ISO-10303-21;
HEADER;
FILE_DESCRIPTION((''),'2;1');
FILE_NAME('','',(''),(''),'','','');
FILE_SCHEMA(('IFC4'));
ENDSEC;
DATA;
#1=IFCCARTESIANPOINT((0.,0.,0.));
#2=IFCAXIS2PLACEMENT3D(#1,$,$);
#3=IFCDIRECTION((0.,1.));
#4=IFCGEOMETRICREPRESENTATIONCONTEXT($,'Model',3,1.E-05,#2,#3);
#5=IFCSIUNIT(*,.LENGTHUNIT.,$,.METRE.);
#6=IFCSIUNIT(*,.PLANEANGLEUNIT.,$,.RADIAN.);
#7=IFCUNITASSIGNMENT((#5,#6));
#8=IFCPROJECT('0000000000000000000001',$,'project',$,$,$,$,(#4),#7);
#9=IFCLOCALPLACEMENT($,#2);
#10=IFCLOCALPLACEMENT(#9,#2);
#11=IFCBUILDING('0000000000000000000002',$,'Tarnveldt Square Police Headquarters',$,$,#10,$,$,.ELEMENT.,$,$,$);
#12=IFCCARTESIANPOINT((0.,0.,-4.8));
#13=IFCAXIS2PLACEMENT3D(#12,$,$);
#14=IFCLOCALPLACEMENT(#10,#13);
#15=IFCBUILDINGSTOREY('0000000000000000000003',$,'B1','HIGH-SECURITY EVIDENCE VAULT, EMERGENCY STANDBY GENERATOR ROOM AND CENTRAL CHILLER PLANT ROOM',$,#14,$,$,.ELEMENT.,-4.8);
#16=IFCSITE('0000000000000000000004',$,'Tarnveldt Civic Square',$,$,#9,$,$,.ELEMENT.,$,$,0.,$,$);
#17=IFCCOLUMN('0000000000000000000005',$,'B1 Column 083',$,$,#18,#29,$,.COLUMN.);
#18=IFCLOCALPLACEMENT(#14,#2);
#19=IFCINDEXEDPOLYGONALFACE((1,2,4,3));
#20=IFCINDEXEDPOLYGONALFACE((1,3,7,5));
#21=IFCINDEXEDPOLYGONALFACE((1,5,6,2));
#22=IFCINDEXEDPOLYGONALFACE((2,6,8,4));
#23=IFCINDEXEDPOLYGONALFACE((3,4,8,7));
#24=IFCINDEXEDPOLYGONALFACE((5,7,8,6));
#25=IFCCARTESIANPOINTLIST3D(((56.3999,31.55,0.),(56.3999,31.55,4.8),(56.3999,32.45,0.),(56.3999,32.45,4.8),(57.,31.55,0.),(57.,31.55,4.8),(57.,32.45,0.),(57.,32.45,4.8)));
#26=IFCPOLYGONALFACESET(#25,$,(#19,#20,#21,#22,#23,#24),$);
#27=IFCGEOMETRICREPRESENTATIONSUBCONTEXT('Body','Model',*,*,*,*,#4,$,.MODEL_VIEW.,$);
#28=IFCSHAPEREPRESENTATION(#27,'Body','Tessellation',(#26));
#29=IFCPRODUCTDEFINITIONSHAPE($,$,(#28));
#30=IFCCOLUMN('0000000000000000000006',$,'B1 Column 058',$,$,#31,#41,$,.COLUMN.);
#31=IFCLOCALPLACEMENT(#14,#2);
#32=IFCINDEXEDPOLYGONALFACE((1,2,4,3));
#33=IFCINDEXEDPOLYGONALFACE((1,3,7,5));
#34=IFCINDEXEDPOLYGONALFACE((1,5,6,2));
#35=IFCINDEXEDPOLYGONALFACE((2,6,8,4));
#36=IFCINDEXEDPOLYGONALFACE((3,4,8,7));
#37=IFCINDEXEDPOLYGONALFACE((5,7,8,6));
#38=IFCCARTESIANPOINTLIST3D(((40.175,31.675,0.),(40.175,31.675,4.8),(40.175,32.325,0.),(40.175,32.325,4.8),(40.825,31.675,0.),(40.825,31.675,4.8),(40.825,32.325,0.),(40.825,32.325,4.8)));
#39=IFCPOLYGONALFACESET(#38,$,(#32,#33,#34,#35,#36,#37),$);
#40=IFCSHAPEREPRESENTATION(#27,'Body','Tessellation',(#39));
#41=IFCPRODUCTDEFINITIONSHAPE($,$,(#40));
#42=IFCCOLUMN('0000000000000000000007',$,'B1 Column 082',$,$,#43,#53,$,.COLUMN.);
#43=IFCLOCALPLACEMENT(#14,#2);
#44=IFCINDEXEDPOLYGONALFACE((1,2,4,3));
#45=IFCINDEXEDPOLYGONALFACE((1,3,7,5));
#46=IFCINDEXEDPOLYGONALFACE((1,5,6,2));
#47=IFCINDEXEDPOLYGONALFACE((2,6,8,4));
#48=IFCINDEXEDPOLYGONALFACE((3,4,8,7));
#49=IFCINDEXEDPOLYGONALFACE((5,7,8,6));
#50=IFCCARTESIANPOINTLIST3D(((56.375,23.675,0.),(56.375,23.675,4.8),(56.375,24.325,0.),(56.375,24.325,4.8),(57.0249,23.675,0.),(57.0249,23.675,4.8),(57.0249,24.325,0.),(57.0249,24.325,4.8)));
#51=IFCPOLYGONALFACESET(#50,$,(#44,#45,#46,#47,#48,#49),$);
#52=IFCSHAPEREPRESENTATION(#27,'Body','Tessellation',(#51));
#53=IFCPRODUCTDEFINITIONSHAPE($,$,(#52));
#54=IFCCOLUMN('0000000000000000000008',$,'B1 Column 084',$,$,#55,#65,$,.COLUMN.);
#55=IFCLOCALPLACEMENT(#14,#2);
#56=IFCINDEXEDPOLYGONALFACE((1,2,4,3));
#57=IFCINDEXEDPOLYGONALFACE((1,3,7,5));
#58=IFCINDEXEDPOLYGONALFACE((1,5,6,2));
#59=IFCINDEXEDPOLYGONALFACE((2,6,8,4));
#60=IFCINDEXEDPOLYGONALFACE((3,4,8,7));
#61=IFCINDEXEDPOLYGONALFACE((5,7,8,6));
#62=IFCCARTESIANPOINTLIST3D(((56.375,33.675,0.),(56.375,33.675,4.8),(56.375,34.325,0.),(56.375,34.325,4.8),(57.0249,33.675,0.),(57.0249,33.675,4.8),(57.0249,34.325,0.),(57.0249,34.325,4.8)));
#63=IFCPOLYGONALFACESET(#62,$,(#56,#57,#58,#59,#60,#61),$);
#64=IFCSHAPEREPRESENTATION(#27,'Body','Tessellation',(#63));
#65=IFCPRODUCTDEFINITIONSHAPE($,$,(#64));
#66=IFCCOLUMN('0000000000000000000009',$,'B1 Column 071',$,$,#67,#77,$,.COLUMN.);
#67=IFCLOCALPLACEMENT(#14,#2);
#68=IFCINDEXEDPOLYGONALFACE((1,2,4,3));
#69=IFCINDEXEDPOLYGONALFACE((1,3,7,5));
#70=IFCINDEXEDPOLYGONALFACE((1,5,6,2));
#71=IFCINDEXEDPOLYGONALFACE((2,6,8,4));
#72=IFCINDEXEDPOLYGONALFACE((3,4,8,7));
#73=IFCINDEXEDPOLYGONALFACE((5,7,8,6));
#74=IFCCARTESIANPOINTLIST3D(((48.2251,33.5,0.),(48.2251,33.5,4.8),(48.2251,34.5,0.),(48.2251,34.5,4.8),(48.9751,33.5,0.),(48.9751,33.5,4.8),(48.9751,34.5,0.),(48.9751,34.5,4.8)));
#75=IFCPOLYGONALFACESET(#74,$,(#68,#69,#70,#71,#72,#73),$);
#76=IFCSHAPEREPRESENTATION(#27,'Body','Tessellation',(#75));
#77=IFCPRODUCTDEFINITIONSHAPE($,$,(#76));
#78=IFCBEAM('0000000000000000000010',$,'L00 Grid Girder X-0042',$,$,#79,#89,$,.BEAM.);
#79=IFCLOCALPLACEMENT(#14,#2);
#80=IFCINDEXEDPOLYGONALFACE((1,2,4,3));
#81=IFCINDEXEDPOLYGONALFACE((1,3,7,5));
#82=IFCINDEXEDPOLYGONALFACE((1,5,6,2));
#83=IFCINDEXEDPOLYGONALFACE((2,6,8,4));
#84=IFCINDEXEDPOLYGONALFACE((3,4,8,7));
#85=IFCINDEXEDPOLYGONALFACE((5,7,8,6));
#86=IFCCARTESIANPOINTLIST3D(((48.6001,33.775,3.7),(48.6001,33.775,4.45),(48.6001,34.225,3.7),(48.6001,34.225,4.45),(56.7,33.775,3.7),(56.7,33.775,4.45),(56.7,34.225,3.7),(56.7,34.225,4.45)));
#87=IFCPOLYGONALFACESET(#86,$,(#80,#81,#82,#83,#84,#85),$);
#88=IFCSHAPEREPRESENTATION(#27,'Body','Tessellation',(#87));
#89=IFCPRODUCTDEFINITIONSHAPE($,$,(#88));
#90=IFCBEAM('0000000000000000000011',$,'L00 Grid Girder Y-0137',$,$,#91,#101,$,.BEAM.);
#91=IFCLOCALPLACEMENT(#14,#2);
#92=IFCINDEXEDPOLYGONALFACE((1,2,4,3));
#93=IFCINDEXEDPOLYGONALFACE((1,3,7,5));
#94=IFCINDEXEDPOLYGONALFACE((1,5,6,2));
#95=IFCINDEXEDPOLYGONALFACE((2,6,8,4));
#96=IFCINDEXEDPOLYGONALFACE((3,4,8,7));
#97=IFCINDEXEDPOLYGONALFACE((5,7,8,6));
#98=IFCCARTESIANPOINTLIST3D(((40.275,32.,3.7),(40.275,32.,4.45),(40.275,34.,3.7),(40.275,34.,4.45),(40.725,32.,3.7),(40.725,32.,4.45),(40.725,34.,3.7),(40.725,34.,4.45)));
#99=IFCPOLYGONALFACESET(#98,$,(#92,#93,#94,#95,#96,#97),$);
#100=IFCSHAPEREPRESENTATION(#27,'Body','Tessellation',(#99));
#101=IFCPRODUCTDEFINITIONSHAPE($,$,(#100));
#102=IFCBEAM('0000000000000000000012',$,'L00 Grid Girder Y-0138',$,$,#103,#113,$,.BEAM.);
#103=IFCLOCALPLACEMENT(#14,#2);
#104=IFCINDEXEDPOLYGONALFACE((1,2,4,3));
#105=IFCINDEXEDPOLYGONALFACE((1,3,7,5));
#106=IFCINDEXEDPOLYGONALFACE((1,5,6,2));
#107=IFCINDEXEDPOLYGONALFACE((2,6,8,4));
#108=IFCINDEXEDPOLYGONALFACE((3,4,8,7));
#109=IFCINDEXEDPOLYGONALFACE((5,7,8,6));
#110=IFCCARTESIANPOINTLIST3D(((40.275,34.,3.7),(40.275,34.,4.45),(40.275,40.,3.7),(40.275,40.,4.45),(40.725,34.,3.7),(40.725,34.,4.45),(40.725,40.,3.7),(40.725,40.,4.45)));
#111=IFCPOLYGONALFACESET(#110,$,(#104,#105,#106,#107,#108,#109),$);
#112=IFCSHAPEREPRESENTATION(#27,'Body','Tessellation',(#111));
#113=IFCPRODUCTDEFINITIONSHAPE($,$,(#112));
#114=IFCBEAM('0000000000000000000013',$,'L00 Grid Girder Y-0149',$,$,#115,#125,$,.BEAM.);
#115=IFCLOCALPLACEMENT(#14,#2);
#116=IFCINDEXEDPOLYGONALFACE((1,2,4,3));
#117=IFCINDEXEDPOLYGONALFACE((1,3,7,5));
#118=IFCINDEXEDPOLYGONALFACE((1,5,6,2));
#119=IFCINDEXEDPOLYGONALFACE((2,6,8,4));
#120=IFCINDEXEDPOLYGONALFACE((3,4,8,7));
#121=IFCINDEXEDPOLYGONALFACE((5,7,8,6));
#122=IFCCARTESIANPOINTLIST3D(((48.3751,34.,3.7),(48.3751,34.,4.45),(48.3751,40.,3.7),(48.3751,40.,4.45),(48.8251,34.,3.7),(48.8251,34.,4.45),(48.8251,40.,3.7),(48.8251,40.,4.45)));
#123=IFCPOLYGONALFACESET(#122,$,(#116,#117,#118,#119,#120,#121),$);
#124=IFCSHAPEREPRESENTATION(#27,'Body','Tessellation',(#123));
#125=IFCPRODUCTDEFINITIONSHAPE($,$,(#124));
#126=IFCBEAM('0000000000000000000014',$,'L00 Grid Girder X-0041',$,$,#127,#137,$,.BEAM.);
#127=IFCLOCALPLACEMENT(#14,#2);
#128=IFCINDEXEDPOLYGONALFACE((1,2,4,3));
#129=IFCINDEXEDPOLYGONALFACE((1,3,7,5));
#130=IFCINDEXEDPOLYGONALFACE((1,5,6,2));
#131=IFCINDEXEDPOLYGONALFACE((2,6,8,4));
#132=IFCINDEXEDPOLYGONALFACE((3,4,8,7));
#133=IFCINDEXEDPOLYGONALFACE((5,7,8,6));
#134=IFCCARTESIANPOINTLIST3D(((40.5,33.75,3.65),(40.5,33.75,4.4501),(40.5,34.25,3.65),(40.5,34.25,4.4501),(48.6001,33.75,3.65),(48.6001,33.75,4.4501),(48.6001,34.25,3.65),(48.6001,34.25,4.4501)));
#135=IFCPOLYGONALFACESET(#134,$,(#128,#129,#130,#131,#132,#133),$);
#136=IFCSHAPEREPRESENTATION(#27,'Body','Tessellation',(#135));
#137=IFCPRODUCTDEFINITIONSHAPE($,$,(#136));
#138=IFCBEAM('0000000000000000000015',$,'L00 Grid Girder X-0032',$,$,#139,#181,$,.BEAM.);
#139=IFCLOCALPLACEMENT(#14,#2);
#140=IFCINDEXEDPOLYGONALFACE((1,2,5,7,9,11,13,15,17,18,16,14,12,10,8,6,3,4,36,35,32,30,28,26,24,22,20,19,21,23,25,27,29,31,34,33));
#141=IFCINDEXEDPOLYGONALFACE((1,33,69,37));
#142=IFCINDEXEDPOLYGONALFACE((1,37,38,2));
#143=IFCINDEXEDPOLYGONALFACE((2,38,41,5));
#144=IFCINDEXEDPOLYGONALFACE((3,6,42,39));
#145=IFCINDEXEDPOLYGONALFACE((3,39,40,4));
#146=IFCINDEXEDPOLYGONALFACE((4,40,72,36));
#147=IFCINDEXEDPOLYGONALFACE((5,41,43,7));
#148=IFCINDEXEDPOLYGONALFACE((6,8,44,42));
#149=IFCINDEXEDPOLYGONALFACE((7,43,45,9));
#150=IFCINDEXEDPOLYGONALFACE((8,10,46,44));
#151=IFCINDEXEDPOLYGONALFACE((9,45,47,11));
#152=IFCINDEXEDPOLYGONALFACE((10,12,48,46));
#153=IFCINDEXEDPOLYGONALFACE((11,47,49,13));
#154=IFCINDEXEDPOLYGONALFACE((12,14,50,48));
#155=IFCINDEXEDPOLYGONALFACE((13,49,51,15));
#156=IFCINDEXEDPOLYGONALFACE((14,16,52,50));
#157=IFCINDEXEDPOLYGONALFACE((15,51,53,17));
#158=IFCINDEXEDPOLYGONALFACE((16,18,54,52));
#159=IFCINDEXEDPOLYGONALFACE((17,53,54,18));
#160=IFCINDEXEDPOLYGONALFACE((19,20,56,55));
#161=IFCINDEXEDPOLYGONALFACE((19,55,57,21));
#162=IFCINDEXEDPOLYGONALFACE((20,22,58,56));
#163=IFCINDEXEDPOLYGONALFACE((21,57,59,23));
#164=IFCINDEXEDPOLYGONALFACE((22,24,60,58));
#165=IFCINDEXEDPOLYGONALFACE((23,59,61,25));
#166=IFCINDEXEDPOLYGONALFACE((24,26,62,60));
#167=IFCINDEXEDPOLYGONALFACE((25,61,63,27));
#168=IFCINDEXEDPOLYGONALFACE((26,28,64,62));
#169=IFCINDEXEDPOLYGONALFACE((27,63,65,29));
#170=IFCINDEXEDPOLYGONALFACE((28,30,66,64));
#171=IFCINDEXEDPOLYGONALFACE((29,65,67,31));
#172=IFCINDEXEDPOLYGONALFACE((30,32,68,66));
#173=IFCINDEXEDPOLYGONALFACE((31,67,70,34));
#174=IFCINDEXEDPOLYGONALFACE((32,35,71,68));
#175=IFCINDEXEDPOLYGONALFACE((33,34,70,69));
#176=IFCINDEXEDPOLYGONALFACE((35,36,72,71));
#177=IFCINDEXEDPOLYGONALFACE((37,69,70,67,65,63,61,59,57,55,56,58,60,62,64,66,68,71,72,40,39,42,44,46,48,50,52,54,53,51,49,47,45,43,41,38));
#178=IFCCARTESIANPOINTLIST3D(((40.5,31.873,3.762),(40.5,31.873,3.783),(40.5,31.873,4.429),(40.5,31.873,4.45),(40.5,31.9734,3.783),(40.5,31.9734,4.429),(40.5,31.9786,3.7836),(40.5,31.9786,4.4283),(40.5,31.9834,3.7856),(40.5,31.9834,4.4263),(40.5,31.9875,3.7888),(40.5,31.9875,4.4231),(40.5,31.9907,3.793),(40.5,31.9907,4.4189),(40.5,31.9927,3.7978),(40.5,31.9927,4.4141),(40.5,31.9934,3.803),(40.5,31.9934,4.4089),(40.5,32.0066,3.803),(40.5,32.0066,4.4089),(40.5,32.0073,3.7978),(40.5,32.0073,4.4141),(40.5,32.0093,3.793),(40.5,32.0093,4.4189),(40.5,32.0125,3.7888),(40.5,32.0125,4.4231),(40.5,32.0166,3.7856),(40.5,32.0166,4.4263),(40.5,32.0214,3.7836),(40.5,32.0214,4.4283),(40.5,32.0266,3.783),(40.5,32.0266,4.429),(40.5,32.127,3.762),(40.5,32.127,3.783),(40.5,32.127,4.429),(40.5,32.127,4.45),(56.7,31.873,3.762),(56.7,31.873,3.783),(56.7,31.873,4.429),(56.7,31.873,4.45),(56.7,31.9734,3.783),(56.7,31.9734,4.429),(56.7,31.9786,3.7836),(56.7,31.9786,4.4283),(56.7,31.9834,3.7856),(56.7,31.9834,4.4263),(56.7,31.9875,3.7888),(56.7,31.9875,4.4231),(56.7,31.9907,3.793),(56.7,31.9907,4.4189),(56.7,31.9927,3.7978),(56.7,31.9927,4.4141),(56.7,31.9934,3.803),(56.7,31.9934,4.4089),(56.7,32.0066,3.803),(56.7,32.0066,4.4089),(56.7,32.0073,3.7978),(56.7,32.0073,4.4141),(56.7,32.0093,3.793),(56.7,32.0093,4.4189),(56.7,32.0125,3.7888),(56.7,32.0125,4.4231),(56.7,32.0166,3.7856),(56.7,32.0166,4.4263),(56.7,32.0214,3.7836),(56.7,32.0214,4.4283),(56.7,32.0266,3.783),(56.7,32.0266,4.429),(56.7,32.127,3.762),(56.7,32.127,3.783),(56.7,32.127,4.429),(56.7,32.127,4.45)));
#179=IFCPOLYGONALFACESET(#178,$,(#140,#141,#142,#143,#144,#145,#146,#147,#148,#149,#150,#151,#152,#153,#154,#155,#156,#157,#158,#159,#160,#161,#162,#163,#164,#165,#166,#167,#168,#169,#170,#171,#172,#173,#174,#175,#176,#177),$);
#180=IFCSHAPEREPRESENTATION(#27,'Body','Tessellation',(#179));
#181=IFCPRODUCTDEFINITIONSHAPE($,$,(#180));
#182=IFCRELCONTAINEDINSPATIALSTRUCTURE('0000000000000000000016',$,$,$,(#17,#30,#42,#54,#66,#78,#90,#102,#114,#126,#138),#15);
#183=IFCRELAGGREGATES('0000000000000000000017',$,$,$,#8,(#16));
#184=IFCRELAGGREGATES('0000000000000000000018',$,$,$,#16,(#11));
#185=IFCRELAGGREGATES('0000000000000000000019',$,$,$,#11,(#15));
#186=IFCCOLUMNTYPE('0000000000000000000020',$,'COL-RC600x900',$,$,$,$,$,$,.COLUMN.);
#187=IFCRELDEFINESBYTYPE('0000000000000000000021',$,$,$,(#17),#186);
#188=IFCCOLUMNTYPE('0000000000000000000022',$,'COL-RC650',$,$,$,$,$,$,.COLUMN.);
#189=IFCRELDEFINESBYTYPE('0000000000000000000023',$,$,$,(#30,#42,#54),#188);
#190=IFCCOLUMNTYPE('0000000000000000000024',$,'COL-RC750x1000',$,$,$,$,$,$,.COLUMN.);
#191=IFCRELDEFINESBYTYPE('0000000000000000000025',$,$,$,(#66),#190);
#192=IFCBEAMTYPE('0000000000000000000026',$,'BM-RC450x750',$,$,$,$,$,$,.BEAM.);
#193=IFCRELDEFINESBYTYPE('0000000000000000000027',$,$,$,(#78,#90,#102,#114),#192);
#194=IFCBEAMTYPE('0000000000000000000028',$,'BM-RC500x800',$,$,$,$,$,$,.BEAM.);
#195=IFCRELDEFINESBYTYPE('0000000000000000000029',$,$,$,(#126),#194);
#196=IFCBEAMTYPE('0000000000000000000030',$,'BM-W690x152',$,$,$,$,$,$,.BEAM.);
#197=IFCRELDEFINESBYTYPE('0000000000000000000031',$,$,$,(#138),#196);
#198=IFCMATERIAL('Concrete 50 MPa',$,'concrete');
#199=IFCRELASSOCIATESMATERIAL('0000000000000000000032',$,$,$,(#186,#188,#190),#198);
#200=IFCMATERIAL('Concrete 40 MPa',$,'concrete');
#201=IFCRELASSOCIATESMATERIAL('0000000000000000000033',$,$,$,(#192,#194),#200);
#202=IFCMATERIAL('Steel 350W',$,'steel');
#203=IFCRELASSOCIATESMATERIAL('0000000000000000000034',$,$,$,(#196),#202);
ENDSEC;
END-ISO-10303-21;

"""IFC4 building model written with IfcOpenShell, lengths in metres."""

from ifc_helpers import new_model, si_unit, direction, frame, origin, origin_2d, place, context, subcontext, project, spatial, rectangle, i_section, extrude, material, material_profile, profile_set, type_object, element, save


model = new_model("IFC4")

# Units and contexts
model_context = context("Model", 3, precision=1e-05, world=origin(), true_north=direction((0.0, 1.0)))
body_context = subcontext(model_context, "Body", "Model", "MODEL_VIEW")
ifc_project = project(units=[si_unit("LENGTHUNIT", "METRE"), si_unit("PLANEANGLEUNIT", "RADIAN")], contexts=[model_context])

# Site, building, storey
site_placement = place(None, origin())
site = spatial("IfcSite", under=ifc_project, at=site_placement, Name="Tarnveldt Civic Square", CompositionType="ELEMENT", RefElevation=0.0)
building_placement = place(site_placement, origin())
building = spatial("IfcBuilding", under=site, at=building_placement, Name="Tarnveldt Square Police Headquarters", CompositionType="ELEMENT")
storey_placement = place(building_placement, frame((0.0, 0.0, -4.8)))
storey = spatial("IfcBuildingStorey", under=building, at=storey_placement, Name="B1", Description="HIGH-SECURITY EVIDENCE VAULT, EMERGENCY STANDBY GENERATOR ROOM AND CENTRAL CHILLER PLANT ROOM", CompositionType="ELEMENT", Elevation=-4.8)

# Columns
ifc_material_1 = material(Name="Concrete 50 MPa", Category="concrete")
ifc_material_profile_1 = material_profile(ifc_material_1, rectangle(XDim=0.6001, YDim=0.8999, at=origin_2d()), Name="RC-C600x900")
ifc_profile_set_1 = profile_set([ifc_material_profile_1], Name="Concrete 50 MPa")
column_type_1 = type_object("IfcColumnType", Name="COL-RC600x900", PredefinedType="COLUMN", material=ifc_profile_set_1)
for number, where, z_axis, x_axis, name in (
    (1, (56.7, 32.0, 0.0), (0.0, 0.0, 1.0), (1.0, 0.0, 0.0), "B1 Column 083"),
):
    element("IfcColumn", number, at=place(storey_placement, frame(where, z_axis=z_axis, x_axis=x_axis)), inside=storey, type_object=column_type_1, Name=name, PredefinedType="COLUMN", context=body_context, shape_type="SweptSolid", body=[
        extrude(rectangle(XDim=0.6001, YDim=0.8999, at=origin_2d()), origin(), (0.0, 0.0, 1.0), 4.8),
    ])
ifc_material_profile_2 = material_profile(ifc_material_1, rectangle(XDim=0.6499, YDim=0.6499, at=origin_2d()), Name="RC-C650x650")
ifc_profile_set_2 = profile_set([ifc_material_profile_2], Name="Concrete 50 MPa")
column_type_2 = type_object("IfcColumnType", Name="COL-RC650", PredefinedType="COLUMN", material=ifc_profile_set_2)
for number, where, z_axis, x_axis, name in (
    (2, (40.5, 32.0, 0.0), (0.0, 0.0, 1.0), (1.0, 0.0, 0.0), "B1 Column 058"),
    (3, (56.7, 24.0, 0.0), (0.0, 0.0, 1.0), (1.0, 0.0, 0.0), "B1 Column 082"),
    (4, (56.7, 34.0, 0.0), (0.0, 0.0, 1.0), (1.0, 0.0, 0.0), "B1 Column 084"),
):
    element("IfcColumn", number, at=place(storey_placement, frame(where, z_axis=z_axis, x_axis=x_axis)), inside=storey, type_object=column_type_2, Name=name, PredefinedType="COLUMN", context=body_context, shape_type="SweptSolid", body=[
        extrude(rectangle(XDim=0.6499, YDim=0.6499, at=origin_2d()), origin(), (0.0, 0.0, 1.0), 4.8),
    ])
ifc_material_profile_3 = material_profile(ifc_material_1, rectangle(XDim=0.75, YDim=1.0, at=origin_2d()), Name="RC-C750x1000")
ifc_profile_set_3 = profile_set([ifc_material_profile_3], Name="Concrete 50 MPa")
column_type_3 = type_object("IfcColumnType", Name="COL-RC750x1000", PredefinedType="COLUMN", material=ifc_profile_set_3)
column_placement = place(storey_placement, frame((48.6001, 34.0, 0.0), z_axis=(0.0, 0.0, 1.0), x_axis=(1.0, 0.0, 0.0)))
element("IfcColumn", 5, at=column_placement, inside=storey, type_object=column_type_3, Name="B1 Column 071", PredefinedType="COLUMN", context=body_context, shape_type="SweptSolid", body=[
    extrude(rectangle(XDim=0.75, YDim=1.0, at=origin_2d()), origin(), (0.0, 0.0, 1.0), 4.8),
])

# Beams
ifc_material_2 = material(Name="Concrete 40 MPa", Category="concrete")
ifc_material_profile_4 = material_profile(ifc_material_2, rectangle(XDim=0.45, YDim=0.75, at=origin_2d()), Name="RC-B450x750")
ifc_profile_set_4 = profile_set([ifc_material_profile_4], Name="Concrete 40 MPa")
beam_type_1 = type_object("IfcBeamType", Name="BM-RC450x750", PredefinedType="BEAM", material=ifc_profile_set_4)
beam_1_placement = place(storey_placement, frame((48.6001, 34.0, 4.075), z_axis=(1.0, 0.0, 0.0), x_axis=(0.0, 1.0, 0.0)))
element("IfcBeam", 6, at=beam_1_placement, inside=storey, type_object=beam_type_1, Name="L00 Grid Girder X-0042", PredefinedType="BEAM", context=body_context, shape_type="SweptSolid", body=[
    extrude(rectangle(XDim=0.45, YDim=0.75, at=origin_2d()), origin(), (0.0, 0.0, 1.0), 8.0999),
])
beam_2_placement = place(storey_placement, frame((40.5, 32.0, 4.075), z_axis=(0.0, 1.0, 0.0), x_axis=(-1.0, 0.0, 0.0)))
element("IfcBeam", 7, at=beam_2_placement, inside=storey, type_object=beam_type_1, Name="L00 Grid Girder Y-0137", PredefinedType="BEAM", context=body_context, shape_type="SweptSolid", body=[
    extrude(rectangle(XDim=0.45, YDim=0.75, at=origin_2d()), origin(), (0.0, 0.0, 1.0), 2.0),
])
for number, where, z_axis, x_axis, name in (
    (8, (40.5, 34.0, 4.075), (0.0, 1.0, 0.0), (-1.0, 0.0, 0.0), "L00 Grid Girder Y-0138"),
    (9, (48.6001, 34.0, 4.075), (0.0, 1.0, 0.0), (-1.0, 0.0, 0.0), "L00 Grid Girder Y-0149"),
):
    element("IfcBeam", number, at=place(storey_placement, frame(where, z_axis=z_axis, x_axis=x_axis)), inside=storey, type_object=beam_type_1, Name=name, PredefinedType="BEAM", context=body_context, shape_type="SweptSolid", body=[
        extrude(rectangle(XDim=0.45, YDim=0.75, at=origin_2d()), origin(), (0.0, 0.0, 1.0), 6.0),
    ])
ifc_material_profile_5 = material_profile(ifc_material_2, rectangle(XDim=0.5, YDim=0.8, at=origin_2d()), Name="RC-B500x800")
ifc_profile_set_5 = profile_set([ifc_material_profile_5], Name="Concrete 40 MPa")
beam_type_2 = type_object("IfcBeamType", Name="BM-RC500x800", PredefinedType="BEAM", material=ifc_profile_set_5)
beam_3_placement = place(storey_placement, frame((40.5, 34.0, 4.05), z_axis=(1.0, 0.0, 0.0), x_axis=(0.0, 1.0, 0.0)))
element("IfcBeam", 10, at=beam_3_placement, inside=storey, type_object=beam_type_2, Name="L00 Grid Girder X-0041", PredefinedType="BEAM", context=body_context, shape_type="SweptSolid", body=[
    extrude(rectangle(XDim=0.5, YDim=0.8, at=origin_2d()), origin(), (0.0, 0.0, 1.0), 8.1001),
])
ifc_material_3 = material(Name="Steel 350W", Category="steel")
ifc_material_profile_6 = material_profile(ifc_material_3, i_section(OverallWidth=0.2539, OverallDepth=0.688, WebThickness=0.0132, FlangeThickness=0.021, FilletRadius=0.02, at=origin_2d()), Name="W690x152")
ifc_profile_set_6 = profile_set([ifc_material_profile_6], Name="Steel 350W")
beam_type_3 = type_object("IfcBeamType", Name="BM-W690x152", PredefinedType="BEAM", material=ifc_profile_set_6)
beam_4_placement = place(storey_placement, frame((40.5, 32.0, 4.106), z_axis=(1.0, 0.0, 0.0), x_axis=(0.0, 1.0, 0.0)))
element("IfcBeam", 11, at=beam_4_placement, inside=storey, type_object=beam_type_3, Name="L00 Grid Girder X-0032", PredefinedType="BEAM", context=body_context, shape_type="SweptSolid", body=[
    extrude(i_section(OverallWidth=0.2539, OverallDepth=0.688, WebThickness=0.0132, FlangeThickness=0.021, FilletRadius=0.02, at=origin_2d()), origin(), (0.0, 0.0, 1.0), 16.2),
])

save(model, "model.ifc")
